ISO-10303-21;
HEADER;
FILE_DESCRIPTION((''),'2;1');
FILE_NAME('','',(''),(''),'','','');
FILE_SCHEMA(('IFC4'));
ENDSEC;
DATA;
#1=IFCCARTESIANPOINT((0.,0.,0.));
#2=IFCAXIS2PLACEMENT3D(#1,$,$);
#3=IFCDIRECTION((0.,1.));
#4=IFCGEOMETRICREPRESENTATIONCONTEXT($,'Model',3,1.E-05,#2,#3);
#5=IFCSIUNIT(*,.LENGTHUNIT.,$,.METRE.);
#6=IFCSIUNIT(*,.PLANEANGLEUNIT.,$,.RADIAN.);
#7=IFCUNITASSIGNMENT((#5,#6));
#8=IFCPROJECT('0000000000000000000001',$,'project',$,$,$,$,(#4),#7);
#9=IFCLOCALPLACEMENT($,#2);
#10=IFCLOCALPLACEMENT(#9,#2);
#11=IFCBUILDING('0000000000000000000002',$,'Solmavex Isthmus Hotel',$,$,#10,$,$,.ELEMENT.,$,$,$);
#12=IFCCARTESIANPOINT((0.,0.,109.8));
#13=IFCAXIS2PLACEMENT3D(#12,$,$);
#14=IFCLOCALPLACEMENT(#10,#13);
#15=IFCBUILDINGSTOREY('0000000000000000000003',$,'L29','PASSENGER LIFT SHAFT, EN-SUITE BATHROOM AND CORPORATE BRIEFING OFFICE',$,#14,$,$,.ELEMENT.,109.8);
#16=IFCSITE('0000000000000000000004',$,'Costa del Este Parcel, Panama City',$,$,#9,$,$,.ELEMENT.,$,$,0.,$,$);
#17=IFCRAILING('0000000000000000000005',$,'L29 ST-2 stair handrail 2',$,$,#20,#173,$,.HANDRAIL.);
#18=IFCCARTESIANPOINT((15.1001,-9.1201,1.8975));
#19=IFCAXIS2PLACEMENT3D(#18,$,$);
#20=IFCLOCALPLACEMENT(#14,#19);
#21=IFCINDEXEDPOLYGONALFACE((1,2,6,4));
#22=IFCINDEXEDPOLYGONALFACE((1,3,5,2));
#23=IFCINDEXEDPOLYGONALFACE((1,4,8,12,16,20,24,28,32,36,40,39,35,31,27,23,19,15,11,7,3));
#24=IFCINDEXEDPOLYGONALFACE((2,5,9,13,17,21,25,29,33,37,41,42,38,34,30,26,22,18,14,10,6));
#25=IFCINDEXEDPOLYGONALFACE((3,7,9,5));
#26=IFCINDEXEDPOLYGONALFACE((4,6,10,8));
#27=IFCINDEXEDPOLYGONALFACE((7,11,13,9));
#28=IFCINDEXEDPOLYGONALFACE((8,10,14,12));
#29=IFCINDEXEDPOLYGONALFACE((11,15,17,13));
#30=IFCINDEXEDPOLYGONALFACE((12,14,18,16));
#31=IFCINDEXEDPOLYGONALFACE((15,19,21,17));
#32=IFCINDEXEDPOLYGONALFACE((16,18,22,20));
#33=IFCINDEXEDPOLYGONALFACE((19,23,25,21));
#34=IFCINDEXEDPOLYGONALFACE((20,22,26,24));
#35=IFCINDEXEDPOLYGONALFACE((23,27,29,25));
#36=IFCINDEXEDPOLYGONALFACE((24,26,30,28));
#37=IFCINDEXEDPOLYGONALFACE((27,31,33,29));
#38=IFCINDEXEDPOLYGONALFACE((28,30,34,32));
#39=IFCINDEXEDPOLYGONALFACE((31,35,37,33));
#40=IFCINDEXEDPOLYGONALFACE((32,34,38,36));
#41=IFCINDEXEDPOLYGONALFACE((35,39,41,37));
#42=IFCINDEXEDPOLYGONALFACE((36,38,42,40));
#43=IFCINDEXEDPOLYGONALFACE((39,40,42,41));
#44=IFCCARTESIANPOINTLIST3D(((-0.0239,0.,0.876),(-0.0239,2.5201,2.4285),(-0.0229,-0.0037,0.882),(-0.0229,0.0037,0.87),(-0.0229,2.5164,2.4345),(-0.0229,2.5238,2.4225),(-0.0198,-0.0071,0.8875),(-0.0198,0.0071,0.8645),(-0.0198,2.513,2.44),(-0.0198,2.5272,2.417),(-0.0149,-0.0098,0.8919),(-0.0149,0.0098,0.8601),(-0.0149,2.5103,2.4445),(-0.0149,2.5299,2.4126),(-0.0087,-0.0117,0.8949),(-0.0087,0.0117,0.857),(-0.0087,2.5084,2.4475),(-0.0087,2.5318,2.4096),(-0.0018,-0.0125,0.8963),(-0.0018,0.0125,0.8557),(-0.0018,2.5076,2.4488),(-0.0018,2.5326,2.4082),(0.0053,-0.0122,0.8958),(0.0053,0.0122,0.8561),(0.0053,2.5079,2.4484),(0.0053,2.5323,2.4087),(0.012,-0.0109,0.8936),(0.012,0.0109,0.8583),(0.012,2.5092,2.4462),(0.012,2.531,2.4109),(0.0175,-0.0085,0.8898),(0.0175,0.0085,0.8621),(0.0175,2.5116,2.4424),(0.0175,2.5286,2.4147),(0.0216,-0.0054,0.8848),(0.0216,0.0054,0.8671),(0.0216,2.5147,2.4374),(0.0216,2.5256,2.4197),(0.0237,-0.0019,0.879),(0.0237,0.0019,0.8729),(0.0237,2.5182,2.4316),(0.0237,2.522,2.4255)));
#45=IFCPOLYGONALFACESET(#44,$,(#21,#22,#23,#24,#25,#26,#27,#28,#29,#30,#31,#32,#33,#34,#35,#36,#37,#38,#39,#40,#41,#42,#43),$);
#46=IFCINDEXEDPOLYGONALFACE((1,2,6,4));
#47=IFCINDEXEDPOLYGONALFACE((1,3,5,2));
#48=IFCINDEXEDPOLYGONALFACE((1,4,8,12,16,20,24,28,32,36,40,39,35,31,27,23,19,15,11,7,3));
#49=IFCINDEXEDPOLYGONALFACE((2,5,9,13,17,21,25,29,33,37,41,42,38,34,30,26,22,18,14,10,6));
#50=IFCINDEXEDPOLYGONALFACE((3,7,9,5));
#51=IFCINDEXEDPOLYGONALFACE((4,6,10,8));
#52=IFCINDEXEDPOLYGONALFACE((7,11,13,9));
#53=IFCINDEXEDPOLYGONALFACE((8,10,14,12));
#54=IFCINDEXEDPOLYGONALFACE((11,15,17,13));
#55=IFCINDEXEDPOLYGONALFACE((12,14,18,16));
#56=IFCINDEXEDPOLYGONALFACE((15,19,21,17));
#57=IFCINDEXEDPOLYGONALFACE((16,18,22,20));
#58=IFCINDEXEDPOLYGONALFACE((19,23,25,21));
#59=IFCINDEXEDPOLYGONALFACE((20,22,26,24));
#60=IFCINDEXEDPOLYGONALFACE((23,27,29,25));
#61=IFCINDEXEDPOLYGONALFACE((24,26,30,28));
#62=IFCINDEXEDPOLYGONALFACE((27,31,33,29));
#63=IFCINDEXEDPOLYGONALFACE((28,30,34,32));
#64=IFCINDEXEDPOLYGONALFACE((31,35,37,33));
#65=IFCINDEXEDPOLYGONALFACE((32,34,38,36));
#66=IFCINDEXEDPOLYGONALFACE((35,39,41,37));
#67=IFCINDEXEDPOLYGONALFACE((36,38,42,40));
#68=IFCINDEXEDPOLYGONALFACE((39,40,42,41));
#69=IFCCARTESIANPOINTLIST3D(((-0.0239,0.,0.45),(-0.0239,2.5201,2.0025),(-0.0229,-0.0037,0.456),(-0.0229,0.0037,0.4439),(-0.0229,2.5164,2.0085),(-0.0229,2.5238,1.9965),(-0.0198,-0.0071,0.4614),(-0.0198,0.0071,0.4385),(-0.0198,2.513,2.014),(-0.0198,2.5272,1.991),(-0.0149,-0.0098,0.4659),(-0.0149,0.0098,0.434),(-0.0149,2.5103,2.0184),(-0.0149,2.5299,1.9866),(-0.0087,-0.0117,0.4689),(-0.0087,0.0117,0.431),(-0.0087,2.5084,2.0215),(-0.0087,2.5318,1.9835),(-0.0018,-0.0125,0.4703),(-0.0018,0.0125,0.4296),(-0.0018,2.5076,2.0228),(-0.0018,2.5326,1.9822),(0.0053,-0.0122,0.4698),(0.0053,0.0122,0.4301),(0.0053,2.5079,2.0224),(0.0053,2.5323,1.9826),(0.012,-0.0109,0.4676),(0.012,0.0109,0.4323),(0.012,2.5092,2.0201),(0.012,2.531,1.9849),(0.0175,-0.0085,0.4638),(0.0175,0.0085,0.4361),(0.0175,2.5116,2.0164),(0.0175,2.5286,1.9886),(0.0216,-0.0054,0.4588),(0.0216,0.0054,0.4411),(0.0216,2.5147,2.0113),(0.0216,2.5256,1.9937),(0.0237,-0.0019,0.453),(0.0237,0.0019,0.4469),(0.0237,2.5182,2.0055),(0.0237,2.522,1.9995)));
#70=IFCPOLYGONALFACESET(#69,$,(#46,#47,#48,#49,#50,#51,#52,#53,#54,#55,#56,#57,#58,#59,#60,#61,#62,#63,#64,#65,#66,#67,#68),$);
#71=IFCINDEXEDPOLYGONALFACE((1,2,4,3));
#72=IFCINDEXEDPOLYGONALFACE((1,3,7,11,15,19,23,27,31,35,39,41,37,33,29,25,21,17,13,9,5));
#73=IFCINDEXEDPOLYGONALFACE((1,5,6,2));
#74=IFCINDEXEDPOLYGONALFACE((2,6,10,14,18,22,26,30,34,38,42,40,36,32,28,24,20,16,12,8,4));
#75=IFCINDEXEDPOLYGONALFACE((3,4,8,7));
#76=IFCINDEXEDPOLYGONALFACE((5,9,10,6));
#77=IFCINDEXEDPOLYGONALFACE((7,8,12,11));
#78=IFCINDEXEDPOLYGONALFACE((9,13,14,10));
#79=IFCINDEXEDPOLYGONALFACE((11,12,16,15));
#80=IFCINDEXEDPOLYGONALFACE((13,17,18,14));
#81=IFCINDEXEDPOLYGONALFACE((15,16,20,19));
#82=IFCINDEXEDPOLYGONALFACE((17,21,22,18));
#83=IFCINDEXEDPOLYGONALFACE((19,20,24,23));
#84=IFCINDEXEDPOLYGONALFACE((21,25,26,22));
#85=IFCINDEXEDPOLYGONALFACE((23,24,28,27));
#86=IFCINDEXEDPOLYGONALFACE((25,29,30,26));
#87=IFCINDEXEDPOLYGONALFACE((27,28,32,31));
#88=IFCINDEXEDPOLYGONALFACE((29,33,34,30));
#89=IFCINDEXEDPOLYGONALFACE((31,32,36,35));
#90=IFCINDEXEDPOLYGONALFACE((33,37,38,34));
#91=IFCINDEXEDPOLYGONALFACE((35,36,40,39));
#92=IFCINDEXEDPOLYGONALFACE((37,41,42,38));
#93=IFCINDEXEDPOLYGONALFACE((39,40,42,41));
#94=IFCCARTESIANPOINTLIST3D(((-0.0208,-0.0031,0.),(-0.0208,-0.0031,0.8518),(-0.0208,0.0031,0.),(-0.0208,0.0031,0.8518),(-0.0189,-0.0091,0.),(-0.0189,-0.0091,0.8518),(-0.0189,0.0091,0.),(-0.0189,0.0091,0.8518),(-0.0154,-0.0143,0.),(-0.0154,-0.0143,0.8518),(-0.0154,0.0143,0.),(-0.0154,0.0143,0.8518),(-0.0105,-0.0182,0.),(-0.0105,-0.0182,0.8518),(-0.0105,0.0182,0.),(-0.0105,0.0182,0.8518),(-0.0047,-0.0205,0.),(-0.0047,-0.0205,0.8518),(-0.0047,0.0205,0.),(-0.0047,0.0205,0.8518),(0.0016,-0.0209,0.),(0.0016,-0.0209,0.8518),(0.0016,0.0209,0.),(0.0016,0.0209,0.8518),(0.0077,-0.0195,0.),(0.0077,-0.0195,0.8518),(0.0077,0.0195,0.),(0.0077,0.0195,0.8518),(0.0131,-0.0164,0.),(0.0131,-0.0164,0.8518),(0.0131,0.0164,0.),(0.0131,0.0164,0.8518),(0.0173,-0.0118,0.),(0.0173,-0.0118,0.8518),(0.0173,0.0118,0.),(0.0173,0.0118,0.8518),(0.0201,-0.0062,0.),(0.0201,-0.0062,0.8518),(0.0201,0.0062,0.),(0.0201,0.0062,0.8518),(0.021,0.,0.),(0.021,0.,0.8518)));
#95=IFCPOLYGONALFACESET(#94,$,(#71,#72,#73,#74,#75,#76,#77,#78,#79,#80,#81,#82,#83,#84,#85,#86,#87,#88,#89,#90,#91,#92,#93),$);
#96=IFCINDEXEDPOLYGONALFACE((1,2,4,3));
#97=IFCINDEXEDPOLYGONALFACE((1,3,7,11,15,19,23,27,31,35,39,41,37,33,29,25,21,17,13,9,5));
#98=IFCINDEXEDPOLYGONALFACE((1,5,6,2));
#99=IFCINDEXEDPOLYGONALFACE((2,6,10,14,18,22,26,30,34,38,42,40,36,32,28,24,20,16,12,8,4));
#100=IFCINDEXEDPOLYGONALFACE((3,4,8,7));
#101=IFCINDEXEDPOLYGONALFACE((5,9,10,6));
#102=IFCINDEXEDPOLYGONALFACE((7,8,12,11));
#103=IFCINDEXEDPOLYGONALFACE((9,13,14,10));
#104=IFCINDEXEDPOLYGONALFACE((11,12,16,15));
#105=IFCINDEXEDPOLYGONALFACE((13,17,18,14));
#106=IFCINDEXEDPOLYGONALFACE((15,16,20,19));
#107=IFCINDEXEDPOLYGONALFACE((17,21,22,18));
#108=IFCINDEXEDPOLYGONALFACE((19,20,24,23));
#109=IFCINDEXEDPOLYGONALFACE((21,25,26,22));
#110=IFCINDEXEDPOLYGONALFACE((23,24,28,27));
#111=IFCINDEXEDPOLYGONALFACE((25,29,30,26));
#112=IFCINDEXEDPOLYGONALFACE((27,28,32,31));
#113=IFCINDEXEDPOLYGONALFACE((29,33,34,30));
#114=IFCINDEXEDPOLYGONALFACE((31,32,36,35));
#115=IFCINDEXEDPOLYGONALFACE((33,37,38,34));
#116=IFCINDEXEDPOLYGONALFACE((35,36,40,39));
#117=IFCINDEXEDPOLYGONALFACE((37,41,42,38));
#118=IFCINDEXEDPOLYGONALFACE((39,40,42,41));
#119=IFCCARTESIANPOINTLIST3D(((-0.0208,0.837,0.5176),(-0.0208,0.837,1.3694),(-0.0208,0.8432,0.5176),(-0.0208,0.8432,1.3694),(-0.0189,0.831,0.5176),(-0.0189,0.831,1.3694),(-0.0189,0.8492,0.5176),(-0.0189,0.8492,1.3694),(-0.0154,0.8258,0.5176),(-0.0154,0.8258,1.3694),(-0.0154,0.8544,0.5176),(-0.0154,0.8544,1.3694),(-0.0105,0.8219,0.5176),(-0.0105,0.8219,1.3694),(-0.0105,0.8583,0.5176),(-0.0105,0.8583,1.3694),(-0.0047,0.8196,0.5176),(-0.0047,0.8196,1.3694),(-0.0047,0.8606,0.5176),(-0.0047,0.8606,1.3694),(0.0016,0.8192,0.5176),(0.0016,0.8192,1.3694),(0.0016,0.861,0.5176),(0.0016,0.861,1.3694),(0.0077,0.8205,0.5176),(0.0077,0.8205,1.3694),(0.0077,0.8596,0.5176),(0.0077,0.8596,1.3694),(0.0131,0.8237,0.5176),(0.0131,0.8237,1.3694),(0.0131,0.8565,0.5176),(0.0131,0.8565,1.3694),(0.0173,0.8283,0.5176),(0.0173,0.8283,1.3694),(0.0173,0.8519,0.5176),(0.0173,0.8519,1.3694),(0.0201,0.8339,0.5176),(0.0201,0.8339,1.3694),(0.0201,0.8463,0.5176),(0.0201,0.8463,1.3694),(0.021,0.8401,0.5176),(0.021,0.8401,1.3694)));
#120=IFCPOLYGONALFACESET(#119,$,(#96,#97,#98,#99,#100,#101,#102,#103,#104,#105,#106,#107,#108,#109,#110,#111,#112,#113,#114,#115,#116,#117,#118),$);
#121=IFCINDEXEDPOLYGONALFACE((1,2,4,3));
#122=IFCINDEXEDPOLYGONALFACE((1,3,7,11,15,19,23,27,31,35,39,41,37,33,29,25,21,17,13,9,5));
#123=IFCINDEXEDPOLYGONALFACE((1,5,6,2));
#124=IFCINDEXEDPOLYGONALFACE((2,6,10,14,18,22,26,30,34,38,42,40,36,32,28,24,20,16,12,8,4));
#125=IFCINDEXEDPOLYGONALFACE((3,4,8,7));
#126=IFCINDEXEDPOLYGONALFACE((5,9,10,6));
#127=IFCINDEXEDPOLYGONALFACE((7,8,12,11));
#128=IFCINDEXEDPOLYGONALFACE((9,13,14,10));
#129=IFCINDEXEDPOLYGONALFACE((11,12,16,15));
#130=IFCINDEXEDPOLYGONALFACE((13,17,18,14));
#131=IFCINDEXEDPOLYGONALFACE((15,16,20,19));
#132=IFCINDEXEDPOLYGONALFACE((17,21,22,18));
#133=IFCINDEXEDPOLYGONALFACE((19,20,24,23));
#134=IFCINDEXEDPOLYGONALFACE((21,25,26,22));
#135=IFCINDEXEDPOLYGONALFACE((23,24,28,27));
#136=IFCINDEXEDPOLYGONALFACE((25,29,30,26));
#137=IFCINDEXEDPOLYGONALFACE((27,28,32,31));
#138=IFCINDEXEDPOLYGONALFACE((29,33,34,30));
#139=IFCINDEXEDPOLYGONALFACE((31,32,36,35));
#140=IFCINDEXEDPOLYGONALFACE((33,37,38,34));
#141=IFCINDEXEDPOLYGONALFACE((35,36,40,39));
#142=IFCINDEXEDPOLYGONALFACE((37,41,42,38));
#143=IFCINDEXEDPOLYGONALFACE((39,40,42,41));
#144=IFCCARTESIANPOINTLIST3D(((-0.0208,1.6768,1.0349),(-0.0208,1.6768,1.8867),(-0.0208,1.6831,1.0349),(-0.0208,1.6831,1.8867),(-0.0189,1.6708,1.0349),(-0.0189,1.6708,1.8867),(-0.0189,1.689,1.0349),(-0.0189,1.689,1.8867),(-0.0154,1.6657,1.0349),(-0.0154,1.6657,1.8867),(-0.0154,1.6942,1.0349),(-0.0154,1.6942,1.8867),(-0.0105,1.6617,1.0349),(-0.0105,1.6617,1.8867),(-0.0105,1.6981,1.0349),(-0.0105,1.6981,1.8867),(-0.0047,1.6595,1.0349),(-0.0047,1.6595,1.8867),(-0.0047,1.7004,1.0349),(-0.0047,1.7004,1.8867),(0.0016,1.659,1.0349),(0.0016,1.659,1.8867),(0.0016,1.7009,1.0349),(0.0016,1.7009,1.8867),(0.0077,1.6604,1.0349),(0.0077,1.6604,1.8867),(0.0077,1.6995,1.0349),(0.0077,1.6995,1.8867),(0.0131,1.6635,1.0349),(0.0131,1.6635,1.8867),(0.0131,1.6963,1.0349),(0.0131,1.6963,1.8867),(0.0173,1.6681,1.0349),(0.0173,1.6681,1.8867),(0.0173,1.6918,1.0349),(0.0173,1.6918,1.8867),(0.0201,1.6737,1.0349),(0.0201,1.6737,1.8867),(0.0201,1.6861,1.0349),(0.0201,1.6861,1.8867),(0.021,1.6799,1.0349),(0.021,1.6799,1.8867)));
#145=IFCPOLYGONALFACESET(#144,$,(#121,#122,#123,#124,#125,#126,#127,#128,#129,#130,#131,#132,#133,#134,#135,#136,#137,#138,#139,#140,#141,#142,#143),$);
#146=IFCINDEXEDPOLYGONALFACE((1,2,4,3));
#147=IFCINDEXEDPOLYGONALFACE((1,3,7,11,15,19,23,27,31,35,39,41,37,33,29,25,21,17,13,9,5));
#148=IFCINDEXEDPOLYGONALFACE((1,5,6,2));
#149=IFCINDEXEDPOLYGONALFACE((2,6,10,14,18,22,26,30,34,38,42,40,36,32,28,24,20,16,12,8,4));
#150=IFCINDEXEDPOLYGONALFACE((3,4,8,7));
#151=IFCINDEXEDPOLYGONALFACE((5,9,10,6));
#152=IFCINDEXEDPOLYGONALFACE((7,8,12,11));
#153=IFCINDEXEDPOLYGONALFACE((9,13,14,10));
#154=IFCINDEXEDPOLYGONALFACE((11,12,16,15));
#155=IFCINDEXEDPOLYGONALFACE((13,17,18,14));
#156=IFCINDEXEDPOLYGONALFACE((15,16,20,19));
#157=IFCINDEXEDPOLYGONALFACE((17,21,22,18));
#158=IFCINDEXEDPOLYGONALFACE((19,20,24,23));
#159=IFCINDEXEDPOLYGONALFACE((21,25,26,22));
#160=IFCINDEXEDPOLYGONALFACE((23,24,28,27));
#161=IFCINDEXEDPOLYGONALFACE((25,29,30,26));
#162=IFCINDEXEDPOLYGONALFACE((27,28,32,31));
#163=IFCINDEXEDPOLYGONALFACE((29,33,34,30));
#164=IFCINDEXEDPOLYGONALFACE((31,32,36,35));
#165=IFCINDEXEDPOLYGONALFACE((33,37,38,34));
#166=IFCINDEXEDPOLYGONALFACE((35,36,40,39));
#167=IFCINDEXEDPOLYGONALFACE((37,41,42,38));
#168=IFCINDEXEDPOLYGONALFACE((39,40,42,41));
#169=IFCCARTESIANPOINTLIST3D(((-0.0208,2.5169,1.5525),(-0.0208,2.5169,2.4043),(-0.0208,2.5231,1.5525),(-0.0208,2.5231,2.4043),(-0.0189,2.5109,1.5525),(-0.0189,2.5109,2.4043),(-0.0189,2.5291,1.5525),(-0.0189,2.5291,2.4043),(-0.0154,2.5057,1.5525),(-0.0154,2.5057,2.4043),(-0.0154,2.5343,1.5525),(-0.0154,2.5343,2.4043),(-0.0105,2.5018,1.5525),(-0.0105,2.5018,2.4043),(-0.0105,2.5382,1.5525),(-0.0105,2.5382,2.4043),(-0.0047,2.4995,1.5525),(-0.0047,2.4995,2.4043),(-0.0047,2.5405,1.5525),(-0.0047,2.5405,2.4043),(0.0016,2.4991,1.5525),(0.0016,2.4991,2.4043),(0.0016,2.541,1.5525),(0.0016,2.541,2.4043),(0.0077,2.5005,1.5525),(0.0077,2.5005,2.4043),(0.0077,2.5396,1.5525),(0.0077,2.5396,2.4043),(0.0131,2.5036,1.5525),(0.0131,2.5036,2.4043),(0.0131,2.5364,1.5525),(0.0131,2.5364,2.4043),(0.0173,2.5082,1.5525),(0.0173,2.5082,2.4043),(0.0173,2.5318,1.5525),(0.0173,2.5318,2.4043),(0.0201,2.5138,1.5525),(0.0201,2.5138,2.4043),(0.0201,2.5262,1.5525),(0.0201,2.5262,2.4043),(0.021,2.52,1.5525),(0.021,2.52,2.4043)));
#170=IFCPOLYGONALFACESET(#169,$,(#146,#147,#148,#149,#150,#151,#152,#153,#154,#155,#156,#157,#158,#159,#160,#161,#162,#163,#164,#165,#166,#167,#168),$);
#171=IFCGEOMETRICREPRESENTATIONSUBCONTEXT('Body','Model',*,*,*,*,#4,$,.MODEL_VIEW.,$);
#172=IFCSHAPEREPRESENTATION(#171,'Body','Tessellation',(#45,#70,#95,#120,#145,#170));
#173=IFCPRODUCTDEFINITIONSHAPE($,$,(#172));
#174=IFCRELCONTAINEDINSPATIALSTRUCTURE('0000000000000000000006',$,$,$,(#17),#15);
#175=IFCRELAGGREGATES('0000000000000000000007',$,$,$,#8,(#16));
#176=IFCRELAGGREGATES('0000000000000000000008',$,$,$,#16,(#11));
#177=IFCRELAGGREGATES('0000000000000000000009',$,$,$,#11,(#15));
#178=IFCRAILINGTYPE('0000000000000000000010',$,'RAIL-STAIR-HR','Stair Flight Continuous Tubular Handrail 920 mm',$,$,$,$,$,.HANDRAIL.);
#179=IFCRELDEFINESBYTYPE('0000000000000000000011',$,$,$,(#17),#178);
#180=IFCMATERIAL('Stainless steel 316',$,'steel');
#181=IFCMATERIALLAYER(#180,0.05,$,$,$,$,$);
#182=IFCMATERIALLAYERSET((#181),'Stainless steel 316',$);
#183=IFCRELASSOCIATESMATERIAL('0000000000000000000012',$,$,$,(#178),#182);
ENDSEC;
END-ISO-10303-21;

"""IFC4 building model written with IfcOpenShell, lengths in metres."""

from ifc_helpers import new_model, si_unit, direction, frame, origin, origin_2d, place, context, subcontext, project, spatial, circle, extrude, material, layer, layer_set, type_object, element, save


model = new_model("IFC4")

# Units and contexts
model_context = context("Model", 3, precision=1e-05, world=origin(), true_north=direction((0.0, 1.0)))
body_context = subcontext(model_context, "Body", "Model", "MODEL_VIEW")
ifc_project = project(units=[si_unit("LENGTHUNIT", "METRE"), si_unit("PLANEANGLEUNIT", "RADIAN")], contexts=[model_context])

# Site, building, storey
site_placement = place(None, origin())
site = spatial("IfcSite", under=ifc_project, at=site_placement, Name="Costa del Este Parcel, Panama City", CompositionType="ELEMENT", RefElevation=0.0)
building_placement = place(site_placement, origin())
building = spatial("IfcBuilding", under=site, at=building_placement, Name="Solmavex Isthmus Hotel", CompositionType="ELEMENT")
storey_placement = place(building_placement, frame((0.0, 0.0, 109.8)))
storey = spatial("IfcBuildingStorey", under=building, at=storey_placement, Name="L29", Description="PASSENGER LIFT SHAFT, EN-SUITE BATHROOM AND CORPORATE BRIEFING OFFICE", CompositionType="ELEMENT", Elevation=109.8)

# Shared definitions
ifc_material_1 = material(Name="Stainless steel 316", Category="steel")

# Railing
ifc_layer_1 = layer(ifc_material_1, 0.05)
ifc_layer_set_1 = layer_set([ifc_layer_1], Name="Stainless steel 316")
railing_type_1 = type_object("IfcRailingType", Name="RAIL-STAIR-HR", Description="Stair Flight Continuous Tubular Handrail 920 mm", PredefinedType="HANDRAIL", material=ifc_layer_set_1)
railing_1_placement = place(storey_placement, frame((15.1001, -9.1201, 1.8975)))
element("IfcRailing", 1, at=railing_1_placement, inside=storey, type_object=railing_type_1, Name="L29 ST-2 stair handrail 2", PredefinedType="HANDRAIL", context=body_context, shape_type="SweptSolid", body=[
    extrude(circle(Radius=0.0239, at=origin_2d()), frame((0.0, 0.0, 0.876), z_axis=(0.0, 0.8514, 0.524516), x_axis=(-1.0, 0.0, 0.0)), (0.0, 0.0, 1.0), 2.96),
    extrude(circle(Radius=0.0239, at=origin_2d()), frame((0.0, 0.0, 0.45), z_axis=(0.0, 0.8514, 0.524516), x_axis=(-1.0, 0.0, 0.0)), (0.0, 0.0, 1.0), 2.96),
    extrude(circle(Radius=0.021, at=origin_2d()), origin(), (0.0, 0.0, 1.0), 0.8518),
    extrude(circle(Radius=0.021, at=origin_2d()), frame((0.0, 0.8401, 0.5176)), (0.0, 0.0, 1.0), 0.8518),
    extrude(circle(Radius=0.021, at=origin_2d()), frame((0.0, 1.6799, 1.0349)), (0.0, 0.0, 1.0), 0.8518),
    extrude(circle(Radius=0.021, at=origin_2d()), frame((0.0, 2.52, 1.5525)), (0.0, 0.0, 1.0), 0.8518),
])

save(model, "model.ifc")
